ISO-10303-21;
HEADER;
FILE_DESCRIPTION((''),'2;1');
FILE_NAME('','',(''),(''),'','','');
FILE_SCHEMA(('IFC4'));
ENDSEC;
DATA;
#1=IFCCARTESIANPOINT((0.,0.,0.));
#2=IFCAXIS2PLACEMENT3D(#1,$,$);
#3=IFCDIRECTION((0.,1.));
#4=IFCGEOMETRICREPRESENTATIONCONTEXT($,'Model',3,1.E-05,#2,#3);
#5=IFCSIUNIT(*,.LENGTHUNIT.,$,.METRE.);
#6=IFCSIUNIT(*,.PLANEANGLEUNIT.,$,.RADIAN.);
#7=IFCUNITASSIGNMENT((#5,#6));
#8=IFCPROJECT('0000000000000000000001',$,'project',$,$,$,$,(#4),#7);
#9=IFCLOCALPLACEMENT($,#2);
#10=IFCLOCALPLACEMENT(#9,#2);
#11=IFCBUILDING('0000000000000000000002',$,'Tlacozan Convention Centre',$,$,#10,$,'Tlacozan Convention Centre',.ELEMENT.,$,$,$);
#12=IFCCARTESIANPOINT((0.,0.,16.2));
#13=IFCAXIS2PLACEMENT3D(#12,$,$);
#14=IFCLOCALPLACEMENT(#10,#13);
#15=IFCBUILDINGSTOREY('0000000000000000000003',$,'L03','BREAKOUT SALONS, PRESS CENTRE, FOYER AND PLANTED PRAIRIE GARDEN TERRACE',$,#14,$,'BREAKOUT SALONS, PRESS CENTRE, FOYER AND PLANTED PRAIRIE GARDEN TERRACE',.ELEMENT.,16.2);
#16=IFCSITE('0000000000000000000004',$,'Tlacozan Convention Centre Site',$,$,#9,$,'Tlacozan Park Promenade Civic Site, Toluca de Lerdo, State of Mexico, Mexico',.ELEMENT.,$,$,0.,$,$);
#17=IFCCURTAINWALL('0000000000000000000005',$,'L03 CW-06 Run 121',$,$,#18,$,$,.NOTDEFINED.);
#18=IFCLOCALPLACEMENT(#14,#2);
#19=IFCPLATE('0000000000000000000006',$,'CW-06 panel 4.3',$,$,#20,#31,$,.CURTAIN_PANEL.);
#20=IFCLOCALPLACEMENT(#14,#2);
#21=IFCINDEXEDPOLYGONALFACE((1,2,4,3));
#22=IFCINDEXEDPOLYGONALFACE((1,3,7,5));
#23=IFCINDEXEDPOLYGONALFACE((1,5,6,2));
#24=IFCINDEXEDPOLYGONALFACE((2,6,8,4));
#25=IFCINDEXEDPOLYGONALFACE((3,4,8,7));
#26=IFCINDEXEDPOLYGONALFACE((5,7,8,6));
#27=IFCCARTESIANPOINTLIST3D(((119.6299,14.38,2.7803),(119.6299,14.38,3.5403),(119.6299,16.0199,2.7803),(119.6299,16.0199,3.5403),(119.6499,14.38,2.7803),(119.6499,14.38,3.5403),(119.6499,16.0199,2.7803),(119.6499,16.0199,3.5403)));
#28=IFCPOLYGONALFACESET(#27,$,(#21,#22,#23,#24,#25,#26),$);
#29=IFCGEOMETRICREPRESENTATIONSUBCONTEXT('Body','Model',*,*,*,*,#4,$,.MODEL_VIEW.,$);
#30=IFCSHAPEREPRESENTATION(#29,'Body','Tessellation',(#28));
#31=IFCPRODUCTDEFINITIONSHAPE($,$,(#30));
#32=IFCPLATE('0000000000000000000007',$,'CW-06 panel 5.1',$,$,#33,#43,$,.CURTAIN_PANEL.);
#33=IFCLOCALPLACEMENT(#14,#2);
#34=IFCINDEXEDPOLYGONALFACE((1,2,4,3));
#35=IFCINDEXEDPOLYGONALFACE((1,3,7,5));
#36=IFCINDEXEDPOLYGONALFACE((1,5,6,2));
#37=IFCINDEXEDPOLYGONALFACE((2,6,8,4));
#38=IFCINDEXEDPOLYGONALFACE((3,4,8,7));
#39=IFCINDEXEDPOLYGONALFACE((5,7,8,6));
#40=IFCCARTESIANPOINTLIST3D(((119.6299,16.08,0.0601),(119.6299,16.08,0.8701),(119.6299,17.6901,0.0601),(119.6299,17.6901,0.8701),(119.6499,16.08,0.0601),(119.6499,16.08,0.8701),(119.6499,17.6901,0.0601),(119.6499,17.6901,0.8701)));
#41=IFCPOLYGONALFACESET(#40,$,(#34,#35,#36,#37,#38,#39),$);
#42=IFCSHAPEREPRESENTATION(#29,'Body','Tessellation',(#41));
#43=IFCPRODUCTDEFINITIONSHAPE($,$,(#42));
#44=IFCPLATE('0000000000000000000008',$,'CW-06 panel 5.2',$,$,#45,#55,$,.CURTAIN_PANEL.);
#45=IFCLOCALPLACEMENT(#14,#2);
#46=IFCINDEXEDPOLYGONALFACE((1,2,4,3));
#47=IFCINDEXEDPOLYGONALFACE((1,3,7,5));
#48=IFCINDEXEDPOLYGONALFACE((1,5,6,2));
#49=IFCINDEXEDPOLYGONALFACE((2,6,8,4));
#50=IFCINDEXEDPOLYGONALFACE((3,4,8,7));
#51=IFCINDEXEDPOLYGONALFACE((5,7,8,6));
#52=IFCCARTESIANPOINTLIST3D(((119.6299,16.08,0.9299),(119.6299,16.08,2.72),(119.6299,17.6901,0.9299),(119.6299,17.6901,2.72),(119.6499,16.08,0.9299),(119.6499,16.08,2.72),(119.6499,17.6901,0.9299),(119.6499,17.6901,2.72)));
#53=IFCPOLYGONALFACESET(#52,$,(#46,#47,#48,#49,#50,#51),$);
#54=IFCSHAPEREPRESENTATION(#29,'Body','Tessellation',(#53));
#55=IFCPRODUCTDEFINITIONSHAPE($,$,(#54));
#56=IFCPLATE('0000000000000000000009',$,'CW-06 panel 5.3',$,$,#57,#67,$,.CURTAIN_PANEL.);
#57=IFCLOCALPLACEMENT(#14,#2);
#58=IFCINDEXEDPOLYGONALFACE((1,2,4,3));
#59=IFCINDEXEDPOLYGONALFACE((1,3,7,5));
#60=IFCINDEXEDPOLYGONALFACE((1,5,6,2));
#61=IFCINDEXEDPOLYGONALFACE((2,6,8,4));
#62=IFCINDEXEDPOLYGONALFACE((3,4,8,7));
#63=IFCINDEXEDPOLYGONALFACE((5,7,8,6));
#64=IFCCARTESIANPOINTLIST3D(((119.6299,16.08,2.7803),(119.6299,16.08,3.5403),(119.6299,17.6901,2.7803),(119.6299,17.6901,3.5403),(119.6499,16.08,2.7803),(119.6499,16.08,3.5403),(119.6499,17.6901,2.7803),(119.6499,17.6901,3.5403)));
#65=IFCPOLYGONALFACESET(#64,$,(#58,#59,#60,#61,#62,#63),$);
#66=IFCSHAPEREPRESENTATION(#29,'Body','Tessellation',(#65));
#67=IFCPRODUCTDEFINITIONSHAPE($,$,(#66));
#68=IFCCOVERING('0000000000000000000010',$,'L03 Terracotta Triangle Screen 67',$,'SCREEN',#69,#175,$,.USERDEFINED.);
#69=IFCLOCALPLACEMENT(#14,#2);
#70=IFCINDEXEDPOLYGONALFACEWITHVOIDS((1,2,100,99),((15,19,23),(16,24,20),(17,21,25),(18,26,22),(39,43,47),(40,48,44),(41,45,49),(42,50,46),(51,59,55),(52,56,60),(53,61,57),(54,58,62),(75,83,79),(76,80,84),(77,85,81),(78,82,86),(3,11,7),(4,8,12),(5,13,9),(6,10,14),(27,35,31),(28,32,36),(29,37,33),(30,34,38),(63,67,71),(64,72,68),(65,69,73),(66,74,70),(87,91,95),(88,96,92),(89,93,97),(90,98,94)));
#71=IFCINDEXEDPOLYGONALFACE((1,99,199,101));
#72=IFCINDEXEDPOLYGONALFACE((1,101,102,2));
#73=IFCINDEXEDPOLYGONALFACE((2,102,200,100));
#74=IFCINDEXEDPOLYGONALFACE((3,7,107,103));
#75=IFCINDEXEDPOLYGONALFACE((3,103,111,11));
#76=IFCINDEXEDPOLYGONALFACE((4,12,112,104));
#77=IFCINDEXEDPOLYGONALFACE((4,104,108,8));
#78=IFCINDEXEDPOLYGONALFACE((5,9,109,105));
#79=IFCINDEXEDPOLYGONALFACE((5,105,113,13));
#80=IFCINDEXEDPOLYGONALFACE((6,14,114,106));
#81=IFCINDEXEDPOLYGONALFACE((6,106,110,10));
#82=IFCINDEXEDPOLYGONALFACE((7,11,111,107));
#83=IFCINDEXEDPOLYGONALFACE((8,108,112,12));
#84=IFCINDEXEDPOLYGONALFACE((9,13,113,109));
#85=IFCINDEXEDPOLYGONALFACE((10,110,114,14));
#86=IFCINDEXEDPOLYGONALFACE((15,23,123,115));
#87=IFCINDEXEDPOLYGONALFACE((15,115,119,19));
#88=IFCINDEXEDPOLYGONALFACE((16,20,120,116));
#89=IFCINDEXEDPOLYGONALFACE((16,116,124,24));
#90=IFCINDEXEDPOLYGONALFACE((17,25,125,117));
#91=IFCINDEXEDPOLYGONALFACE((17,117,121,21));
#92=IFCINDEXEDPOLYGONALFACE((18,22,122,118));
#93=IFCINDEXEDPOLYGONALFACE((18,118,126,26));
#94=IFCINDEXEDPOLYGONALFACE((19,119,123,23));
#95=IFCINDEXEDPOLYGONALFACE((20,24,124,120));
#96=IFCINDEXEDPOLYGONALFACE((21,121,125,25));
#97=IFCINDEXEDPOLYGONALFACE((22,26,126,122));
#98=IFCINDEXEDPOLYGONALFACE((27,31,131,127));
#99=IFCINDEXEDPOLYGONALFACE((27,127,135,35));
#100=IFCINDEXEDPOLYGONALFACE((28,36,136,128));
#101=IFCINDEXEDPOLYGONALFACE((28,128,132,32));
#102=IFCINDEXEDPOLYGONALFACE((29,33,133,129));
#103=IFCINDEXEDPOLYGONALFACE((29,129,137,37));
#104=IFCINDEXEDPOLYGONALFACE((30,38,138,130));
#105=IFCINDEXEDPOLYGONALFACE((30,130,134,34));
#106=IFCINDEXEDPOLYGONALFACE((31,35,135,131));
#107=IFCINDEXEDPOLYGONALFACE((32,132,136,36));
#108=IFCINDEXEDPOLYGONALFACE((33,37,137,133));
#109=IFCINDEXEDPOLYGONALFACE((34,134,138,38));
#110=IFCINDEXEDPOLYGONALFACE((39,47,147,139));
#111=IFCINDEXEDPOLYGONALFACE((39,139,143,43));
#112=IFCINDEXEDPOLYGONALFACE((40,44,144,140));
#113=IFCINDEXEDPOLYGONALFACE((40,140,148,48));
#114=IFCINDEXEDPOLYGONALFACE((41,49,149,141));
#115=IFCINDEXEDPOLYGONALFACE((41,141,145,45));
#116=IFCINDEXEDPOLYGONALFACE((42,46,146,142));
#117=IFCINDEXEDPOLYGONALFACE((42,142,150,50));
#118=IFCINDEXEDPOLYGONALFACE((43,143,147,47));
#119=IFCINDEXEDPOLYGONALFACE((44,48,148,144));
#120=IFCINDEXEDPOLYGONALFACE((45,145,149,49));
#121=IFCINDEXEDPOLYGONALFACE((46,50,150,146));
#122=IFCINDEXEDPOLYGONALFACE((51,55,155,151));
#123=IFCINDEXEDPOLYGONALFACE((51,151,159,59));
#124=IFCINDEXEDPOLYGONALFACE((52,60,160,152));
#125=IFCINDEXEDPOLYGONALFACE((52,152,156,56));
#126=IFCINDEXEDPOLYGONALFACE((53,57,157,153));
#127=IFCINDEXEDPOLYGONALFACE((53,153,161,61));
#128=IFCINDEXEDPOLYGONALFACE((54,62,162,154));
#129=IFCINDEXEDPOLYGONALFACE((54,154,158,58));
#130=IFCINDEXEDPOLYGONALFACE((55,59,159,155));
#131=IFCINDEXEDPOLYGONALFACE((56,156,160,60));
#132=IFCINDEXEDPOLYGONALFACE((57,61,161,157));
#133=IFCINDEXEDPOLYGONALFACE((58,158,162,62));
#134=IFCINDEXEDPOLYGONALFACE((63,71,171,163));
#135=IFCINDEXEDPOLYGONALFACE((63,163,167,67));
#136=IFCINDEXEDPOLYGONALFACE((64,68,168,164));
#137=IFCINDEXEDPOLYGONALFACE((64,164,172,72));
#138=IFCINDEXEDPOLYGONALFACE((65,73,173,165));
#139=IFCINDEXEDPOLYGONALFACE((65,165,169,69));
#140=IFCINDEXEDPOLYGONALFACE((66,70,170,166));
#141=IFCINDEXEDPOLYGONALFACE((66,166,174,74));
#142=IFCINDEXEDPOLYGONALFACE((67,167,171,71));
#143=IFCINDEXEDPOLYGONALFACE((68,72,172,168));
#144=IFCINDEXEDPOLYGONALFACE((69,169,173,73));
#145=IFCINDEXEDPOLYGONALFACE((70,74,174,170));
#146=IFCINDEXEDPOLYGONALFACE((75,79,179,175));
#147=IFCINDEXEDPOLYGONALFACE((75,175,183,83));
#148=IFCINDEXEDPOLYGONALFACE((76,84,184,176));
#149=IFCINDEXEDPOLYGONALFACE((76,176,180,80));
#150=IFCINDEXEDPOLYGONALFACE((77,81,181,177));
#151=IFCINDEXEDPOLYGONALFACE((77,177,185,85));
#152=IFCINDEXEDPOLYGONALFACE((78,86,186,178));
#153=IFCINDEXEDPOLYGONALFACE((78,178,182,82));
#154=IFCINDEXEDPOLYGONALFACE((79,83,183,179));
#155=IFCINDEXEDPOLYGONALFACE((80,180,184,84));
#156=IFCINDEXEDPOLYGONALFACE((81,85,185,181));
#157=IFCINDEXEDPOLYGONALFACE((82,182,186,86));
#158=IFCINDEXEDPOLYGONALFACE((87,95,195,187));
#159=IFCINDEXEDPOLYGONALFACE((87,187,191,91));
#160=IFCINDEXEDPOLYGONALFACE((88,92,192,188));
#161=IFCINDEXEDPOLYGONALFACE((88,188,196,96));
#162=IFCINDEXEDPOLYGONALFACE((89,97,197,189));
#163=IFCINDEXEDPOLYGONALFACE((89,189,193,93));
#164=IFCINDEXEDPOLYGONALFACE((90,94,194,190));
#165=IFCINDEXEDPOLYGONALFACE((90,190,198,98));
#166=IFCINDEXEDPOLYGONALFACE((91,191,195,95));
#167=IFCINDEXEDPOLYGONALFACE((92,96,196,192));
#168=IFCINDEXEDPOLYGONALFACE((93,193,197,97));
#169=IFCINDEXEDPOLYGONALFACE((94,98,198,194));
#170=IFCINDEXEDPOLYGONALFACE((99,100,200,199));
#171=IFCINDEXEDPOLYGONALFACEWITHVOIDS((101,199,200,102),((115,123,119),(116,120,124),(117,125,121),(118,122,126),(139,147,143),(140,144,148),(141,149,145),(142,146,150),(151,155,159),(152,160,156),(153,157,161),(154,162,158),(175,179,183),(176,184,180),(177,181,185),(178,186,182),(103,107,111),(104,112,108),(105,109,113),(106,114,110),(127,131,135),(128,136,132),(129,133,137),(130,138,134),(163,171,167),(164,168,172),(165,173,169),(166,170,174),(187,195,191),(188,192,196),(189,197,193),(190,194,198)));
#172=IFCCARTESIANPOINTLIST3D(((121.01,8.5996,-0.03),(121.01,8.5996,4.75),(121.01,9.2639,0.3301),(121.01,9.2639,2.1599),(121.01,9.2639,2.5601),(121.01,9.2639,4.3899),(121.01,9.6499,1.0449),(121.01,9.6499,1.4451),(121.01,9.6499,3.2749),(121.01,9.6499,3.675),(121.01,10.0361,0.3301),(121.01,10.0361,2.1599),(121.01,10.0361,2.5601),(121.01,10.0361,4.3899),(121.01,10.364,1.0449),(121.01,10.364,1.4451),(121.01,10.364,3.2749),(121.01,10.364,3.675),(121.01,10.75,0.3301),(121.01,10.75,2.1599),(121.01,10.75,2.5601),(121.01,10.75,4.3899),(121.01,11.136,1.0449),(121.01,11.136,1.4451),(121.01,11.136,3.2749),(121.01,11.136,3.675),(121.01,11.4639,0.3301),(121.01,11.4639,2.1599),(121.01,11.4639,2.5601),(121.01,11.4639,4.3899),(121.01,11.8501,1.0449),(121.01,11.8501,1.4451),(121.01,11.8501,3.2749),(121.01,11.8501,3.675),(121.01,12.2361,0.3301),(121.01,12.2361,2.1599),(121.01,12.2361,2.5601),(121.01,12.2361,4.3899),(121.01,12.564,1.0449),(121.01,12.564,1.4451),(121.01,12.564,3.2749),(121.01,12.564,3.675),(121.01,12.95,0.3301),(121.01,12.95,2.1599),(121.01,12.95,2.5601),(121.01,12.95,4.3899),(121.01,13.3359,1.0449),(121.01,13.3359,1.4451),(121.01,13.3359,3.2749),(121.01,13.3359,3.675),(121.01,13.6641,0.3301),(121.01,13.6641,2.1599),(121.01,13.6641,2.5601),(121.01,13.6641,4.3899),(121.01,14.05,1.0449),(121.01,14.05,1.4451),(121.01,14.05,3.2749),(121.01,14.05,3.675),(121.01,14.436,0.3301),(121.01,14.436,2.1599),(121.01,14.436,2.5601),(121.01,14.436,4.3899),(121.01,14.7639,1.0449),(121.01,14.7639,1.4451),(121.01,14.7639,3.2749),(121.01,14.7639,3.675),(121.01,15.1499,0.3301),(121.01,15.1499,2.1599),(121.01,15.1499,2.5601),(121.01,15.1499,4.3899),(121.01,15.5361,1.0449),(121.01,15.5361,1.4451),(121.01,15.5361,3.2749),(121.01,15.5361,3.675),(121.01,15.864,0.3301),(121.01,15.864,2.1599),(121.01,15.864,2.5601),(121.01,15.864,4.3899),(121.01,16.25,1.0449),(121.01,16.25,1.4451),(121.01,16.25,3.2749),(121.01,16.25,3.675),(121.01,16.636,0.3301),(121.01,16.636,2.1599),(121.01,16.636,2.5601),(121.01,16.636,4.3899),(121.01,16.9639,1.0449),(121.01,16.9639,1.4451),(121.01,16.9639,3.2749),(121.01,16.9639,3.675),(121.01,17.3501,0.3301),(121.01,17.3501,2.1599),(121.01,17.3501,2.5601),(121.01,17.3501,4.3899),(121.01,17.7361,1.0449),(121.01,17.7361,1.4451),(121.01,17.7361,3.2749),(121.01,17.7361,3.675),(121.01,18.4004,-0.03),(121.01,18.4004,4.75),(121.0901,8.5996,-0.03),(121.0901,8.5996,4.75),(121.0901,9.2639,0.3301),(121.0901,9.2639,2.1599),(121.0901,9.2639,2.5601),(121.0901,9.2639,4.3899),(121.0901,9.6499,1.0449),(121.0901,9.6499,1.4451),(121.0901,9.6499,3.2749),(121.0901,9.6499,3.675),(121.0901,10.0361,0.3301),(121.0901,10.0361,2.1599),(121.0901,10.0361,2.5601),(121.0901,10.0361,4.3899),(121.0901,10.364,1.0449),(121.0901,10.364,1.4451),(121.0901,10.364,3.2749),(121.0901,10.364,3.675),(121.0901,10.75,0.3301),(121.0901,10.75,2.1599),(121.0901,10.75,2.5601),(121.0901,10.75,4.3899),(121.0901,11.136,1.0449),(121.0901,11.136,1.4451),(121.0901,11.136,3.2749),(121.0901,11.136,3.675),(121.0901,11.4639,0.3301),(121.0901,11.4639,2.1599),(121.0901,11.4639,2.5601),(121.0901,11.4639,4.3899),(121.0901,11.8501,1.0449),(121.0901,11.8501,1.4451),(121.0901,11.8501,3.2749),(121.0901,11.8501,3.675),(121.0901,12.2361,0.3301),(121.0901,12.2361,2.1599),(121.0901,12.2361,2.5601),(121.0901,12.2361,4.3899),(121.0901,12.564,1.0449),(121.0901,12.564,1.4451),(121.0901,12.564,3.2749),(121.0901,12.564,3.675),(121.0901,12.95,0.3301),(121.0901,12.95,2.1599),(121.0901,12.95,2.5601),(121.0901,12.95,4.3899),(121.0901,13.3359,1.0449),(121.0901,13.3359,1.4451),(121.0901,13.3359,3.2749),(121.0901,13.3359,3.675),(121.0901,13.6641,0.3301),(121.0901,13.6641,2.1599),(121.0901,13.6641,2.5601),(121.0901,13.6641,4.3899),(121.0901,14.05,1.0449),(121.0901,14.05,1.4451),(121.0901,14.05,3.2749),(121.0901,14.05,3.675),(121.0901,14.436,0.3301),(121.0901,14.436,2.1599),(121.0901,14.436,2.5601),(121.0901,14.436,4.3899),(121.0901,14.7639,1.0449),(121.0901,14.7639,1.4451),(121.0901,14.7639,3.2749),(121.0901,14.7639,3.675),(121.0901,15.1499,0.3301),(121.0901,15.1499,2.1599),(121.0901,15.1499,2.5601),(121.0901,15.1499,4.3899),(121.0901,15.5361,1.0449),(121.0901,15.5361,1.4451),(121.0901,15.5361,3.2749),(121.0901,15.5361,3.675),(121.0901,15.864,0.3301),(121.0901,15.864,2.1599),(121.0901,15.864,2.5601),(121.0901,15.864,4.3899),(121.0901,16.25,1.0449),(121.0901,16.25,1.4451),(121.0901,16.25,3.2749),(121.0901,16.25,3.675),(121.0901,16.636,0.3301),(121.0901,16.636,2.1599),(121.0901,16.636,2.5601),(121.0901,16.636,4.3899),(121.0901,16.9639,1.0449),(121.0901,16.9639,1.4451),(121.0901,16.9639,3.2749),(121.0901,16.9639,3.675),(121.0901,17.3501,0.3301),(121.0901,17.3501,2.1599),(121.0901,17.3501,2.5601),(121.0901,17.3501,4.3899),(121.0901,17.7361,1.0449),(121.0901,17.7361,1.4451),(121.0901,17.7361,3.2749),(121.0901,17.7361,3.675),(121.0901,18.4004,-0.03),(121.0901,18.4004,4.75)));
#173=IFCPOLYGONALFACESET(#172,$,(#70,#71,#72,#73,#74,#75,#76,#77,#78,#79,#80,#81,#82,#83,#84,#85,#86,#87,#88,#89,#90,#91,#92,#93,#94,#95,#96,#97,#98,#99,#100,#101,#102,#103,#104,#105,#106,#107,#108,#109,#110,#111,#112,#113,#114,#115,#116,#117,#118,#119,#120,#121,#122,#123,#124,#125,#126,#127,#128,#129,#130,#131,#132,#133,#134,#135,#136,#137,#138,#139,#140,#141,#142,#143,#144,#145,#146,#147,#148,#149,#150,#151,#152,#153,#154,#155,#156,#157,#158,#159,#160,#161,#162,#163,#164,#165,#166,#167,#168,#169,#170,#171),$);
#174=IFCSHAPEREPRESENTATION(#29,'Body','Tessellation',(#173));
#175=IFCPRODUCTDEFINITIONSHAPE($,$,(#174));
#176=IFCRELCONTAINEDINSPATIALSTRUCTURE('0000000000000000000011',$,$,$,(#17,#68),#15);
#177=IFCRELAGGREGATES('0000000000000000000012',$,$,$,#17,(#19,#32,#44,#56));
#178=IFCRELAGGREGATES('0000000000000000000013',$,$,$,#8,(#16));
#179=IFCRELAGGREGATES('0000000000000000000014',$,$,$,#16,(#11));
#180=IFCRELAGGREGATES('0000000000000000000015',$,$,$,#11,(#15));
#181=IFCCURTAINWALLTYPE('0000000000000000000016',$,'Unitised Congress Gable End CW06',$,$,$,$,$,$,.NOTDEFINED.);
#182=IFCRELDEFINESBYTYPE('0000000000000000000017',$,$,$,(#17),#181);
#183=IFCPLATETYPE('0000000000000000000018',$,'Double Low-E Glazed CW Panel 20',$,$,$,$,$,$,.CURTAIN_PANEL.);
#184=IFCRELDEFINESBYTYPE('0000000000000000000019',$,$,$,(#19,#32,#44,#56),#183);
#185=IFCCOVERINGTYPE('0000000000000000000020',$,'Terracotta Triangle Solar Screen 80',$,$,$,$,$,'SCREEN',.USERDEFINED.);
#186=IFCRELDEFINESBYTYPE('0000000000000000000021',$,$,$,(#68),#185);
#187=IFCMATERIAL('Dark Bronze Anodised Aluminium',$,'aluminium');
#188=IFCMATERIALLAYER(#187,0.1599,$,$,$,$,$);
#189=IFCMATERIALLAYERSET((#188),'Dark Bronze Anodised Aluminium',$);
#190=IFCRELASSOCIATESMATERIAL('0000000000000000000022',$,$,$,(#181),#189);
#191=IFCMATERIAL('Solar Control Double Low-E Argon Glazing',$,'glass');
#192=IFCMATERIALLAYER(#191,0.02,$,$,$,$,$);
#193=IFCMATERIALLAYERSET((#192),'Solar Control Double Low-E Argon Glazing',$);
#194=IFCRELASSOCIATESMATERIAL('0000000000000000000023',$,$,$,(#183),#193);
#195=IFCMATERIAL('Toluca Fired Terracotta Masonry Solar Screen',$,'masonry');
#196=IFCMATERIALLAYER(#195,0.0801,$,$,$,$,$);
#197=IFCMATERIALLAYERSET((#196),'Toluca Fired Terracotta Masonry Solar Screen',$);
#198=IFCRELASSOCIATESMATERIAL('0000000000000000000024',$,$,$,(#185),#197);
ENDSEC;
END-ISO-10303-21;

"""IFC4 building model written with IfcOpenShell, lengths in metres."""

from ifc_helpers import new_model, si_unit, direction, frame, origin, origin_2d, place, context, subcontext, project, spatial, polyline, rectangle, outline, extrude, material, layer, layer_set, type_object, element, aggregate, save


model = new_model("IFC4")

# Units and contexts
model_context = context("Model", 3, precision=1e-05, world=origin(), true_north=direction((0.0, 1.0)))
body_context = subcontext(model_context, "Body", "Model", "MODEL_VIEW")
ifc_project = project(units=[si_unit("LENGTHUNIT", "METRE"), si_unit("PLANEANGLEUNIT", "RADIAN")], contexts=[model_context])

# Site, building, storey
site_placement = place(None, origin())
site = spatial("IfcSite", under=ifc_project, at=site_placement, Name="Tlacozan Convention Centre Site", LongName="Tlacozan Park Promenade Civic Site, Toluca de Lerdo, State of Mexico, Mexico", CompositionType="ELEMENT", RefElevation=0.0)
building_placement = place(site_placement, origin())
building = spatial("IfcBuilding", under=site, at=building_placement, Name="Tlacozan Convention Centre", LongName="Tlacozan Convention Centre", CompositionType="ELEMENT")
storey_placement = place(building_placement, frame((0.0, 0.0, 16.2)))
storey = spatial("IfcBuildingStorey", under=building, at=storey_placement, Name="L03", Description="BREAKOUT SALONS, PRESS CENTRE, FOYER AND PLANTED PRAIRIE GARDEN TERRACE", LongName="BREAKOUT SALONS, PRESS CENTRE, FOYER AND PLANTED PRAIRIE GARDEN TERRACE", CompositionType="ELEMENT", Elevation=16.2)

# Curtain wall, plates
ifc_material_1 = material(Name="Dark Bronze Anodised Aluminium", Category="aluminium")
ifc_layer_1 = layer(ifc_material_1, 0.1599)
ifc_layer_set_1 = layer_set([ifc_layer_1], Name="Dark Bronze Anodised Aluminium")
curtain_wall_type = type_object("IfcCurtainWallType", Name="Unitised Congress Gable End CW06", PredefinedType="NOTDEFINED", material=ifc_layer_set_1)
curtain_wall_placement = place(storey_placement, origin())
curtain_wall = element("IfcCurtainWall", 1, at=curtain_wall_placement, inside=storey, type_object=curtain_wall_type, Name="L03 CW-06 Run 121", PredefinedType="NOTDEFINED")
ifc_material_2 = material(Name="Solar Control Double Low-E Argon Glazing", Category="glass")
ifc_layer_2 = layer(ifc_material_2, 0.02)
ifc_layer_set_2 = layer_set([ifc_layer_2], Name="Solar Control Double Low-E Argon Glazing")
plate_type = type_object("IfcPlateType", Name="Double Low-E Glazed CW Panel 20", PredefinedType="CURTAIN_PANEL", material=ifc_layer_set_2)
plate_1_placement = place(storey_placement, frame((119.6399, 15.2, 2.7803), z_axis=(0.0, 0.0, 1.0), x_axis=(0.0, 1.0, 0.0)))
plate_1 = element("IfcPlate", 2, at=plate_1_placement, type_object=plate_type, Name="CW-06 panel 4.3", PredefinedType="CURTAIN_PANEL", context=body_context, shape_type="SweptSolid", body=[
    extrude(rectangle(XDim=1.6399, YDim=0.02, at=origin_2d()), origin(), (0.0, 0.0, 1.0), 0.76),
])
plate_2_placement = place(storey_placement, frame((119.6399, 16.885, 0.0601), z_axis=(0.0, 0.0, 1.0), x_axis=(0.0, 1.0, 0.0)))
plate_2 = element("IfcPlate", 3, at=plate_2_placement, type_object=plate_type, Name="CW-06 panel 5.1", PredefinedType="CURTAIN_PANEL", context=body_context, shape_type="SweptSolid", body=[
    extrude(rectangle(XDim=1.6101, YDim=0.02, at=origin_2d()), origin(), (0.0, 0.0, 1.0), 0.8101),
])
plate_3_placement = place(storey_placement, frame((119.6399, 16.885, 0.9299), z_axis=(0.0, 0.0, 1.0), x_axis=(0.0, 1.0, 0.0)))
plate_3 = element("IfcPlate", 4, at=plate_3_placement, type_object=plate_type, Name="CW-06 panel 5.2", PredefinedType="CURTAIN_PANEL", context=body_context, shape_type="SweptSolid", body=[
    extrude(rectangle(XDim=1.6101, YDim=0.02, at=origin_2d()), origin(), (0.0, 0.0, 1.0), 1.79),
])
plate_4_placement = place(storey_placement, frame((119.6399, 16.885, 2.7803), z_axis=(0.0, 0.0, 1.0), x_axis=(0.0, 1.0, 0.0)))
plate_4 = element("IfcPlate", 5, at=plate_4_placement, type_object=plate_type, Name="CW-06 panel 5.3", PredefinedType="CURTAIN_PANEL", context=body_context, shape_type="SweptSolid", body=[
    extrude(rectangle(XDim=1.6101, YDim=0.02, at=origin_2d()), origin(), (0.0, 0.0, 1.0), 0.76),
])
aggregate(curtain_wall, [plate_1, plate_2, plate_3, plate_4])

# Covering
ifc_material_3 = material(Name="Toluca Fired Terracotta Masonry Solar Screen", Category="masonry")
ifc_layer_3 = layer(ifc_material_3, 0.0801)
ifc_layer_set_3 = layer_set([ifc_layer_3], Name="Toluca Fired Terracotta Masonry Solar Screen")
covering_type = type_object("IfcCoveringType", Name="Terracotta Triangle Solar Screen 80", ElementType="SCREEN", PredefinedType="USERDEFINED", material=ifc_layer_set_3)
covering_placement = place(storey_placement, frame((121.05, 8.5996, -0.03), z_axis=(0.0, 0.0, 1.0), x_axis=(0.0, 1.0, 0.0)))
element("IfcCovering", 6, at=covering_placement, inside=storey, type_object=covering_type, Name="L03 Terracotta Triangle Screen 67", ObjectType="SCREEN", PredefinedType="USERDEFINED", context=body_context, shape_type="SweptSolid", body=[
    extrude(outline(polyline([(0.0, 0.0), (9.8008, 0.0), (9.8008, 4.78), (0.0, 4.78), (0.0, 0.0)]), holes=[polyline([(0.6643, 0.3601), (1.4365, 0.3601), (1.0503, 1.075), (0.6643, 0.3601)]), polyline([(1.7644, 1.075), (2.5364, 1.075), (2.1504, 0.3601), (1.7644, 1.075)]), polyline([(2.8643, 0.3601), (3.6365, 0.3601), (3.2505, 1.075), (2.8643, 0.3601)]), polyline([(3.9644, 1.075), (4.7363, 1.075), (4.3503, 0.3601), (3.9644, 1.075)]), polyline([(5.0645, 0.3601), (5.8364, 0.3601), (5.4504, 1.075), (5.0645, 0.3601)]), polyline([(6.1643, 1.075), (6.9365, 1.075), (6.5503, 0.3601), (6.1643, 1.075)]), polyline([(7.2644, 0.3601), (8.0364, 0.3601), (7.6504, 1.075), (7.2644, 0.3601)]), polyline([(8.3643, 1.075), (9.1365, 1.075), (8.7505, 0.3601), (8.3643, 1.075)]), polyline([(0.6643, 2.1899), (1.4365, 2.1899), (1.0503, 1.4751), (0.6643, 2.1899)]), polyline([(1.7644, 1.4751), (2.5364, 1.4751), (2.1504, 2.1899), (1.7644, 1.4751)]), polyline([(2.8643, 2.1899), (3.6365, 2.1899), (3.2505, 1.4751), (2.8643, 2.1899)]), polyline([(3.9644, 1.4751), (4.7363, 1.4751), (4.3503, 2.1899), (3.9644, 1.4751)]), polyline([(5.0645, 2.1899), (5.8364, 2.1899), (5.4504, 1.4751), (5.0645, 2.1899)]), polyline([(6.1643, 1.4751), (6.9365, 1.4751), (6.5503, 2.1899), (6.1643, 1.4751)]), polyline([(7.2644, 2.1899), (8.0364, 2.1899), (7.6504, 1.4751), (7.2644, 2.1899)]), polyline([(8.3643, 1.4751), (9.1365, 1.4751), (8.7505, 2.1899), (8.3643, 1.4751)]), polyline([(0.6643, 2.5901), (1.4365, 2.5901), (1.0503, 3.3049), (0.6643, 2.5901)]), polyline([(1.7644, 3.3049), (2.5364, 3.3049), (2.1504, 2.5901), (1.7644, 3.3049)]), polyline([(2.8643, 2.5901), (3.6365, 2.5901), (3.2505, 3.3049), (2.8643, 2.5901)]), polyline([(3.9644, 3.3049), (4.7363, 3.3049), (4.3503, 2.5901), (3.9644, 3.3049)]), polyline([(5.0645, 2.5901), (5.8364, 2.5901), (5.4504, 3.3049), (5.0645, 2.5901)]), polyline([(6.1643, 3.3049), (6.9365, 3.3049), (6.5503, 2.5901), (6.1643, 3.3049)]), polyline([(7.2644, 2.5901), (8.0364, 2.5901), (7.6504, 3.3049), (7.2644, 2.5901)]), polyline([(8.3643, 3.3049), (9.1365, 3.3049), (8.7505, 2.5901), (8.3643, 3.3049)]), polyline([(0.6643, 4.4199), (1.4365, 4.4199), (1.0503, 3.7051), (0.6643, 4.4199)]), polyline([(1.7644, 3.7051), (2.5364, 3.7051), (2.1504, 4.4199), (1.7644, 3.7051)]), polyline([(2.8643, 4.4199), (3.6365, 4.4199), (3.2505, 3.7051), (2.8643, 4.4199)]), polyline([(3.9644, 3.7051), (4.7363, 3.7051), (4.3503, 4.4199), (3.9644, 3.7051)]), polyline([(5.0645, 4.4199), (5.8364, 4.4199), (5.4504, 3.7051), (5.0645, 4.4199)]), polyline([(6.1643, 3.7051), (6.9365, 3.7051), (6.5503, 4.4199), (6.1643, 3.7051)]), polyline([(7.2644, 4.4199), (8.0364, 4.4199), (7.6504, 3.7051), (7.2644, 4.4199)]), polyline([(8.3643, 3.7051), (9.1365, 3.7051), (8.7505, 4.4199), (8.3643, 3.7051)])]), frame((0.0, 0.04, 0.0), z_axis=(0.0, -1.0, 0.0), x_axis=(1.0, 0.0, 0.0)), (0.0, 0.0, 1.0), 0.0801),
])

save(model, "model.ifc")
